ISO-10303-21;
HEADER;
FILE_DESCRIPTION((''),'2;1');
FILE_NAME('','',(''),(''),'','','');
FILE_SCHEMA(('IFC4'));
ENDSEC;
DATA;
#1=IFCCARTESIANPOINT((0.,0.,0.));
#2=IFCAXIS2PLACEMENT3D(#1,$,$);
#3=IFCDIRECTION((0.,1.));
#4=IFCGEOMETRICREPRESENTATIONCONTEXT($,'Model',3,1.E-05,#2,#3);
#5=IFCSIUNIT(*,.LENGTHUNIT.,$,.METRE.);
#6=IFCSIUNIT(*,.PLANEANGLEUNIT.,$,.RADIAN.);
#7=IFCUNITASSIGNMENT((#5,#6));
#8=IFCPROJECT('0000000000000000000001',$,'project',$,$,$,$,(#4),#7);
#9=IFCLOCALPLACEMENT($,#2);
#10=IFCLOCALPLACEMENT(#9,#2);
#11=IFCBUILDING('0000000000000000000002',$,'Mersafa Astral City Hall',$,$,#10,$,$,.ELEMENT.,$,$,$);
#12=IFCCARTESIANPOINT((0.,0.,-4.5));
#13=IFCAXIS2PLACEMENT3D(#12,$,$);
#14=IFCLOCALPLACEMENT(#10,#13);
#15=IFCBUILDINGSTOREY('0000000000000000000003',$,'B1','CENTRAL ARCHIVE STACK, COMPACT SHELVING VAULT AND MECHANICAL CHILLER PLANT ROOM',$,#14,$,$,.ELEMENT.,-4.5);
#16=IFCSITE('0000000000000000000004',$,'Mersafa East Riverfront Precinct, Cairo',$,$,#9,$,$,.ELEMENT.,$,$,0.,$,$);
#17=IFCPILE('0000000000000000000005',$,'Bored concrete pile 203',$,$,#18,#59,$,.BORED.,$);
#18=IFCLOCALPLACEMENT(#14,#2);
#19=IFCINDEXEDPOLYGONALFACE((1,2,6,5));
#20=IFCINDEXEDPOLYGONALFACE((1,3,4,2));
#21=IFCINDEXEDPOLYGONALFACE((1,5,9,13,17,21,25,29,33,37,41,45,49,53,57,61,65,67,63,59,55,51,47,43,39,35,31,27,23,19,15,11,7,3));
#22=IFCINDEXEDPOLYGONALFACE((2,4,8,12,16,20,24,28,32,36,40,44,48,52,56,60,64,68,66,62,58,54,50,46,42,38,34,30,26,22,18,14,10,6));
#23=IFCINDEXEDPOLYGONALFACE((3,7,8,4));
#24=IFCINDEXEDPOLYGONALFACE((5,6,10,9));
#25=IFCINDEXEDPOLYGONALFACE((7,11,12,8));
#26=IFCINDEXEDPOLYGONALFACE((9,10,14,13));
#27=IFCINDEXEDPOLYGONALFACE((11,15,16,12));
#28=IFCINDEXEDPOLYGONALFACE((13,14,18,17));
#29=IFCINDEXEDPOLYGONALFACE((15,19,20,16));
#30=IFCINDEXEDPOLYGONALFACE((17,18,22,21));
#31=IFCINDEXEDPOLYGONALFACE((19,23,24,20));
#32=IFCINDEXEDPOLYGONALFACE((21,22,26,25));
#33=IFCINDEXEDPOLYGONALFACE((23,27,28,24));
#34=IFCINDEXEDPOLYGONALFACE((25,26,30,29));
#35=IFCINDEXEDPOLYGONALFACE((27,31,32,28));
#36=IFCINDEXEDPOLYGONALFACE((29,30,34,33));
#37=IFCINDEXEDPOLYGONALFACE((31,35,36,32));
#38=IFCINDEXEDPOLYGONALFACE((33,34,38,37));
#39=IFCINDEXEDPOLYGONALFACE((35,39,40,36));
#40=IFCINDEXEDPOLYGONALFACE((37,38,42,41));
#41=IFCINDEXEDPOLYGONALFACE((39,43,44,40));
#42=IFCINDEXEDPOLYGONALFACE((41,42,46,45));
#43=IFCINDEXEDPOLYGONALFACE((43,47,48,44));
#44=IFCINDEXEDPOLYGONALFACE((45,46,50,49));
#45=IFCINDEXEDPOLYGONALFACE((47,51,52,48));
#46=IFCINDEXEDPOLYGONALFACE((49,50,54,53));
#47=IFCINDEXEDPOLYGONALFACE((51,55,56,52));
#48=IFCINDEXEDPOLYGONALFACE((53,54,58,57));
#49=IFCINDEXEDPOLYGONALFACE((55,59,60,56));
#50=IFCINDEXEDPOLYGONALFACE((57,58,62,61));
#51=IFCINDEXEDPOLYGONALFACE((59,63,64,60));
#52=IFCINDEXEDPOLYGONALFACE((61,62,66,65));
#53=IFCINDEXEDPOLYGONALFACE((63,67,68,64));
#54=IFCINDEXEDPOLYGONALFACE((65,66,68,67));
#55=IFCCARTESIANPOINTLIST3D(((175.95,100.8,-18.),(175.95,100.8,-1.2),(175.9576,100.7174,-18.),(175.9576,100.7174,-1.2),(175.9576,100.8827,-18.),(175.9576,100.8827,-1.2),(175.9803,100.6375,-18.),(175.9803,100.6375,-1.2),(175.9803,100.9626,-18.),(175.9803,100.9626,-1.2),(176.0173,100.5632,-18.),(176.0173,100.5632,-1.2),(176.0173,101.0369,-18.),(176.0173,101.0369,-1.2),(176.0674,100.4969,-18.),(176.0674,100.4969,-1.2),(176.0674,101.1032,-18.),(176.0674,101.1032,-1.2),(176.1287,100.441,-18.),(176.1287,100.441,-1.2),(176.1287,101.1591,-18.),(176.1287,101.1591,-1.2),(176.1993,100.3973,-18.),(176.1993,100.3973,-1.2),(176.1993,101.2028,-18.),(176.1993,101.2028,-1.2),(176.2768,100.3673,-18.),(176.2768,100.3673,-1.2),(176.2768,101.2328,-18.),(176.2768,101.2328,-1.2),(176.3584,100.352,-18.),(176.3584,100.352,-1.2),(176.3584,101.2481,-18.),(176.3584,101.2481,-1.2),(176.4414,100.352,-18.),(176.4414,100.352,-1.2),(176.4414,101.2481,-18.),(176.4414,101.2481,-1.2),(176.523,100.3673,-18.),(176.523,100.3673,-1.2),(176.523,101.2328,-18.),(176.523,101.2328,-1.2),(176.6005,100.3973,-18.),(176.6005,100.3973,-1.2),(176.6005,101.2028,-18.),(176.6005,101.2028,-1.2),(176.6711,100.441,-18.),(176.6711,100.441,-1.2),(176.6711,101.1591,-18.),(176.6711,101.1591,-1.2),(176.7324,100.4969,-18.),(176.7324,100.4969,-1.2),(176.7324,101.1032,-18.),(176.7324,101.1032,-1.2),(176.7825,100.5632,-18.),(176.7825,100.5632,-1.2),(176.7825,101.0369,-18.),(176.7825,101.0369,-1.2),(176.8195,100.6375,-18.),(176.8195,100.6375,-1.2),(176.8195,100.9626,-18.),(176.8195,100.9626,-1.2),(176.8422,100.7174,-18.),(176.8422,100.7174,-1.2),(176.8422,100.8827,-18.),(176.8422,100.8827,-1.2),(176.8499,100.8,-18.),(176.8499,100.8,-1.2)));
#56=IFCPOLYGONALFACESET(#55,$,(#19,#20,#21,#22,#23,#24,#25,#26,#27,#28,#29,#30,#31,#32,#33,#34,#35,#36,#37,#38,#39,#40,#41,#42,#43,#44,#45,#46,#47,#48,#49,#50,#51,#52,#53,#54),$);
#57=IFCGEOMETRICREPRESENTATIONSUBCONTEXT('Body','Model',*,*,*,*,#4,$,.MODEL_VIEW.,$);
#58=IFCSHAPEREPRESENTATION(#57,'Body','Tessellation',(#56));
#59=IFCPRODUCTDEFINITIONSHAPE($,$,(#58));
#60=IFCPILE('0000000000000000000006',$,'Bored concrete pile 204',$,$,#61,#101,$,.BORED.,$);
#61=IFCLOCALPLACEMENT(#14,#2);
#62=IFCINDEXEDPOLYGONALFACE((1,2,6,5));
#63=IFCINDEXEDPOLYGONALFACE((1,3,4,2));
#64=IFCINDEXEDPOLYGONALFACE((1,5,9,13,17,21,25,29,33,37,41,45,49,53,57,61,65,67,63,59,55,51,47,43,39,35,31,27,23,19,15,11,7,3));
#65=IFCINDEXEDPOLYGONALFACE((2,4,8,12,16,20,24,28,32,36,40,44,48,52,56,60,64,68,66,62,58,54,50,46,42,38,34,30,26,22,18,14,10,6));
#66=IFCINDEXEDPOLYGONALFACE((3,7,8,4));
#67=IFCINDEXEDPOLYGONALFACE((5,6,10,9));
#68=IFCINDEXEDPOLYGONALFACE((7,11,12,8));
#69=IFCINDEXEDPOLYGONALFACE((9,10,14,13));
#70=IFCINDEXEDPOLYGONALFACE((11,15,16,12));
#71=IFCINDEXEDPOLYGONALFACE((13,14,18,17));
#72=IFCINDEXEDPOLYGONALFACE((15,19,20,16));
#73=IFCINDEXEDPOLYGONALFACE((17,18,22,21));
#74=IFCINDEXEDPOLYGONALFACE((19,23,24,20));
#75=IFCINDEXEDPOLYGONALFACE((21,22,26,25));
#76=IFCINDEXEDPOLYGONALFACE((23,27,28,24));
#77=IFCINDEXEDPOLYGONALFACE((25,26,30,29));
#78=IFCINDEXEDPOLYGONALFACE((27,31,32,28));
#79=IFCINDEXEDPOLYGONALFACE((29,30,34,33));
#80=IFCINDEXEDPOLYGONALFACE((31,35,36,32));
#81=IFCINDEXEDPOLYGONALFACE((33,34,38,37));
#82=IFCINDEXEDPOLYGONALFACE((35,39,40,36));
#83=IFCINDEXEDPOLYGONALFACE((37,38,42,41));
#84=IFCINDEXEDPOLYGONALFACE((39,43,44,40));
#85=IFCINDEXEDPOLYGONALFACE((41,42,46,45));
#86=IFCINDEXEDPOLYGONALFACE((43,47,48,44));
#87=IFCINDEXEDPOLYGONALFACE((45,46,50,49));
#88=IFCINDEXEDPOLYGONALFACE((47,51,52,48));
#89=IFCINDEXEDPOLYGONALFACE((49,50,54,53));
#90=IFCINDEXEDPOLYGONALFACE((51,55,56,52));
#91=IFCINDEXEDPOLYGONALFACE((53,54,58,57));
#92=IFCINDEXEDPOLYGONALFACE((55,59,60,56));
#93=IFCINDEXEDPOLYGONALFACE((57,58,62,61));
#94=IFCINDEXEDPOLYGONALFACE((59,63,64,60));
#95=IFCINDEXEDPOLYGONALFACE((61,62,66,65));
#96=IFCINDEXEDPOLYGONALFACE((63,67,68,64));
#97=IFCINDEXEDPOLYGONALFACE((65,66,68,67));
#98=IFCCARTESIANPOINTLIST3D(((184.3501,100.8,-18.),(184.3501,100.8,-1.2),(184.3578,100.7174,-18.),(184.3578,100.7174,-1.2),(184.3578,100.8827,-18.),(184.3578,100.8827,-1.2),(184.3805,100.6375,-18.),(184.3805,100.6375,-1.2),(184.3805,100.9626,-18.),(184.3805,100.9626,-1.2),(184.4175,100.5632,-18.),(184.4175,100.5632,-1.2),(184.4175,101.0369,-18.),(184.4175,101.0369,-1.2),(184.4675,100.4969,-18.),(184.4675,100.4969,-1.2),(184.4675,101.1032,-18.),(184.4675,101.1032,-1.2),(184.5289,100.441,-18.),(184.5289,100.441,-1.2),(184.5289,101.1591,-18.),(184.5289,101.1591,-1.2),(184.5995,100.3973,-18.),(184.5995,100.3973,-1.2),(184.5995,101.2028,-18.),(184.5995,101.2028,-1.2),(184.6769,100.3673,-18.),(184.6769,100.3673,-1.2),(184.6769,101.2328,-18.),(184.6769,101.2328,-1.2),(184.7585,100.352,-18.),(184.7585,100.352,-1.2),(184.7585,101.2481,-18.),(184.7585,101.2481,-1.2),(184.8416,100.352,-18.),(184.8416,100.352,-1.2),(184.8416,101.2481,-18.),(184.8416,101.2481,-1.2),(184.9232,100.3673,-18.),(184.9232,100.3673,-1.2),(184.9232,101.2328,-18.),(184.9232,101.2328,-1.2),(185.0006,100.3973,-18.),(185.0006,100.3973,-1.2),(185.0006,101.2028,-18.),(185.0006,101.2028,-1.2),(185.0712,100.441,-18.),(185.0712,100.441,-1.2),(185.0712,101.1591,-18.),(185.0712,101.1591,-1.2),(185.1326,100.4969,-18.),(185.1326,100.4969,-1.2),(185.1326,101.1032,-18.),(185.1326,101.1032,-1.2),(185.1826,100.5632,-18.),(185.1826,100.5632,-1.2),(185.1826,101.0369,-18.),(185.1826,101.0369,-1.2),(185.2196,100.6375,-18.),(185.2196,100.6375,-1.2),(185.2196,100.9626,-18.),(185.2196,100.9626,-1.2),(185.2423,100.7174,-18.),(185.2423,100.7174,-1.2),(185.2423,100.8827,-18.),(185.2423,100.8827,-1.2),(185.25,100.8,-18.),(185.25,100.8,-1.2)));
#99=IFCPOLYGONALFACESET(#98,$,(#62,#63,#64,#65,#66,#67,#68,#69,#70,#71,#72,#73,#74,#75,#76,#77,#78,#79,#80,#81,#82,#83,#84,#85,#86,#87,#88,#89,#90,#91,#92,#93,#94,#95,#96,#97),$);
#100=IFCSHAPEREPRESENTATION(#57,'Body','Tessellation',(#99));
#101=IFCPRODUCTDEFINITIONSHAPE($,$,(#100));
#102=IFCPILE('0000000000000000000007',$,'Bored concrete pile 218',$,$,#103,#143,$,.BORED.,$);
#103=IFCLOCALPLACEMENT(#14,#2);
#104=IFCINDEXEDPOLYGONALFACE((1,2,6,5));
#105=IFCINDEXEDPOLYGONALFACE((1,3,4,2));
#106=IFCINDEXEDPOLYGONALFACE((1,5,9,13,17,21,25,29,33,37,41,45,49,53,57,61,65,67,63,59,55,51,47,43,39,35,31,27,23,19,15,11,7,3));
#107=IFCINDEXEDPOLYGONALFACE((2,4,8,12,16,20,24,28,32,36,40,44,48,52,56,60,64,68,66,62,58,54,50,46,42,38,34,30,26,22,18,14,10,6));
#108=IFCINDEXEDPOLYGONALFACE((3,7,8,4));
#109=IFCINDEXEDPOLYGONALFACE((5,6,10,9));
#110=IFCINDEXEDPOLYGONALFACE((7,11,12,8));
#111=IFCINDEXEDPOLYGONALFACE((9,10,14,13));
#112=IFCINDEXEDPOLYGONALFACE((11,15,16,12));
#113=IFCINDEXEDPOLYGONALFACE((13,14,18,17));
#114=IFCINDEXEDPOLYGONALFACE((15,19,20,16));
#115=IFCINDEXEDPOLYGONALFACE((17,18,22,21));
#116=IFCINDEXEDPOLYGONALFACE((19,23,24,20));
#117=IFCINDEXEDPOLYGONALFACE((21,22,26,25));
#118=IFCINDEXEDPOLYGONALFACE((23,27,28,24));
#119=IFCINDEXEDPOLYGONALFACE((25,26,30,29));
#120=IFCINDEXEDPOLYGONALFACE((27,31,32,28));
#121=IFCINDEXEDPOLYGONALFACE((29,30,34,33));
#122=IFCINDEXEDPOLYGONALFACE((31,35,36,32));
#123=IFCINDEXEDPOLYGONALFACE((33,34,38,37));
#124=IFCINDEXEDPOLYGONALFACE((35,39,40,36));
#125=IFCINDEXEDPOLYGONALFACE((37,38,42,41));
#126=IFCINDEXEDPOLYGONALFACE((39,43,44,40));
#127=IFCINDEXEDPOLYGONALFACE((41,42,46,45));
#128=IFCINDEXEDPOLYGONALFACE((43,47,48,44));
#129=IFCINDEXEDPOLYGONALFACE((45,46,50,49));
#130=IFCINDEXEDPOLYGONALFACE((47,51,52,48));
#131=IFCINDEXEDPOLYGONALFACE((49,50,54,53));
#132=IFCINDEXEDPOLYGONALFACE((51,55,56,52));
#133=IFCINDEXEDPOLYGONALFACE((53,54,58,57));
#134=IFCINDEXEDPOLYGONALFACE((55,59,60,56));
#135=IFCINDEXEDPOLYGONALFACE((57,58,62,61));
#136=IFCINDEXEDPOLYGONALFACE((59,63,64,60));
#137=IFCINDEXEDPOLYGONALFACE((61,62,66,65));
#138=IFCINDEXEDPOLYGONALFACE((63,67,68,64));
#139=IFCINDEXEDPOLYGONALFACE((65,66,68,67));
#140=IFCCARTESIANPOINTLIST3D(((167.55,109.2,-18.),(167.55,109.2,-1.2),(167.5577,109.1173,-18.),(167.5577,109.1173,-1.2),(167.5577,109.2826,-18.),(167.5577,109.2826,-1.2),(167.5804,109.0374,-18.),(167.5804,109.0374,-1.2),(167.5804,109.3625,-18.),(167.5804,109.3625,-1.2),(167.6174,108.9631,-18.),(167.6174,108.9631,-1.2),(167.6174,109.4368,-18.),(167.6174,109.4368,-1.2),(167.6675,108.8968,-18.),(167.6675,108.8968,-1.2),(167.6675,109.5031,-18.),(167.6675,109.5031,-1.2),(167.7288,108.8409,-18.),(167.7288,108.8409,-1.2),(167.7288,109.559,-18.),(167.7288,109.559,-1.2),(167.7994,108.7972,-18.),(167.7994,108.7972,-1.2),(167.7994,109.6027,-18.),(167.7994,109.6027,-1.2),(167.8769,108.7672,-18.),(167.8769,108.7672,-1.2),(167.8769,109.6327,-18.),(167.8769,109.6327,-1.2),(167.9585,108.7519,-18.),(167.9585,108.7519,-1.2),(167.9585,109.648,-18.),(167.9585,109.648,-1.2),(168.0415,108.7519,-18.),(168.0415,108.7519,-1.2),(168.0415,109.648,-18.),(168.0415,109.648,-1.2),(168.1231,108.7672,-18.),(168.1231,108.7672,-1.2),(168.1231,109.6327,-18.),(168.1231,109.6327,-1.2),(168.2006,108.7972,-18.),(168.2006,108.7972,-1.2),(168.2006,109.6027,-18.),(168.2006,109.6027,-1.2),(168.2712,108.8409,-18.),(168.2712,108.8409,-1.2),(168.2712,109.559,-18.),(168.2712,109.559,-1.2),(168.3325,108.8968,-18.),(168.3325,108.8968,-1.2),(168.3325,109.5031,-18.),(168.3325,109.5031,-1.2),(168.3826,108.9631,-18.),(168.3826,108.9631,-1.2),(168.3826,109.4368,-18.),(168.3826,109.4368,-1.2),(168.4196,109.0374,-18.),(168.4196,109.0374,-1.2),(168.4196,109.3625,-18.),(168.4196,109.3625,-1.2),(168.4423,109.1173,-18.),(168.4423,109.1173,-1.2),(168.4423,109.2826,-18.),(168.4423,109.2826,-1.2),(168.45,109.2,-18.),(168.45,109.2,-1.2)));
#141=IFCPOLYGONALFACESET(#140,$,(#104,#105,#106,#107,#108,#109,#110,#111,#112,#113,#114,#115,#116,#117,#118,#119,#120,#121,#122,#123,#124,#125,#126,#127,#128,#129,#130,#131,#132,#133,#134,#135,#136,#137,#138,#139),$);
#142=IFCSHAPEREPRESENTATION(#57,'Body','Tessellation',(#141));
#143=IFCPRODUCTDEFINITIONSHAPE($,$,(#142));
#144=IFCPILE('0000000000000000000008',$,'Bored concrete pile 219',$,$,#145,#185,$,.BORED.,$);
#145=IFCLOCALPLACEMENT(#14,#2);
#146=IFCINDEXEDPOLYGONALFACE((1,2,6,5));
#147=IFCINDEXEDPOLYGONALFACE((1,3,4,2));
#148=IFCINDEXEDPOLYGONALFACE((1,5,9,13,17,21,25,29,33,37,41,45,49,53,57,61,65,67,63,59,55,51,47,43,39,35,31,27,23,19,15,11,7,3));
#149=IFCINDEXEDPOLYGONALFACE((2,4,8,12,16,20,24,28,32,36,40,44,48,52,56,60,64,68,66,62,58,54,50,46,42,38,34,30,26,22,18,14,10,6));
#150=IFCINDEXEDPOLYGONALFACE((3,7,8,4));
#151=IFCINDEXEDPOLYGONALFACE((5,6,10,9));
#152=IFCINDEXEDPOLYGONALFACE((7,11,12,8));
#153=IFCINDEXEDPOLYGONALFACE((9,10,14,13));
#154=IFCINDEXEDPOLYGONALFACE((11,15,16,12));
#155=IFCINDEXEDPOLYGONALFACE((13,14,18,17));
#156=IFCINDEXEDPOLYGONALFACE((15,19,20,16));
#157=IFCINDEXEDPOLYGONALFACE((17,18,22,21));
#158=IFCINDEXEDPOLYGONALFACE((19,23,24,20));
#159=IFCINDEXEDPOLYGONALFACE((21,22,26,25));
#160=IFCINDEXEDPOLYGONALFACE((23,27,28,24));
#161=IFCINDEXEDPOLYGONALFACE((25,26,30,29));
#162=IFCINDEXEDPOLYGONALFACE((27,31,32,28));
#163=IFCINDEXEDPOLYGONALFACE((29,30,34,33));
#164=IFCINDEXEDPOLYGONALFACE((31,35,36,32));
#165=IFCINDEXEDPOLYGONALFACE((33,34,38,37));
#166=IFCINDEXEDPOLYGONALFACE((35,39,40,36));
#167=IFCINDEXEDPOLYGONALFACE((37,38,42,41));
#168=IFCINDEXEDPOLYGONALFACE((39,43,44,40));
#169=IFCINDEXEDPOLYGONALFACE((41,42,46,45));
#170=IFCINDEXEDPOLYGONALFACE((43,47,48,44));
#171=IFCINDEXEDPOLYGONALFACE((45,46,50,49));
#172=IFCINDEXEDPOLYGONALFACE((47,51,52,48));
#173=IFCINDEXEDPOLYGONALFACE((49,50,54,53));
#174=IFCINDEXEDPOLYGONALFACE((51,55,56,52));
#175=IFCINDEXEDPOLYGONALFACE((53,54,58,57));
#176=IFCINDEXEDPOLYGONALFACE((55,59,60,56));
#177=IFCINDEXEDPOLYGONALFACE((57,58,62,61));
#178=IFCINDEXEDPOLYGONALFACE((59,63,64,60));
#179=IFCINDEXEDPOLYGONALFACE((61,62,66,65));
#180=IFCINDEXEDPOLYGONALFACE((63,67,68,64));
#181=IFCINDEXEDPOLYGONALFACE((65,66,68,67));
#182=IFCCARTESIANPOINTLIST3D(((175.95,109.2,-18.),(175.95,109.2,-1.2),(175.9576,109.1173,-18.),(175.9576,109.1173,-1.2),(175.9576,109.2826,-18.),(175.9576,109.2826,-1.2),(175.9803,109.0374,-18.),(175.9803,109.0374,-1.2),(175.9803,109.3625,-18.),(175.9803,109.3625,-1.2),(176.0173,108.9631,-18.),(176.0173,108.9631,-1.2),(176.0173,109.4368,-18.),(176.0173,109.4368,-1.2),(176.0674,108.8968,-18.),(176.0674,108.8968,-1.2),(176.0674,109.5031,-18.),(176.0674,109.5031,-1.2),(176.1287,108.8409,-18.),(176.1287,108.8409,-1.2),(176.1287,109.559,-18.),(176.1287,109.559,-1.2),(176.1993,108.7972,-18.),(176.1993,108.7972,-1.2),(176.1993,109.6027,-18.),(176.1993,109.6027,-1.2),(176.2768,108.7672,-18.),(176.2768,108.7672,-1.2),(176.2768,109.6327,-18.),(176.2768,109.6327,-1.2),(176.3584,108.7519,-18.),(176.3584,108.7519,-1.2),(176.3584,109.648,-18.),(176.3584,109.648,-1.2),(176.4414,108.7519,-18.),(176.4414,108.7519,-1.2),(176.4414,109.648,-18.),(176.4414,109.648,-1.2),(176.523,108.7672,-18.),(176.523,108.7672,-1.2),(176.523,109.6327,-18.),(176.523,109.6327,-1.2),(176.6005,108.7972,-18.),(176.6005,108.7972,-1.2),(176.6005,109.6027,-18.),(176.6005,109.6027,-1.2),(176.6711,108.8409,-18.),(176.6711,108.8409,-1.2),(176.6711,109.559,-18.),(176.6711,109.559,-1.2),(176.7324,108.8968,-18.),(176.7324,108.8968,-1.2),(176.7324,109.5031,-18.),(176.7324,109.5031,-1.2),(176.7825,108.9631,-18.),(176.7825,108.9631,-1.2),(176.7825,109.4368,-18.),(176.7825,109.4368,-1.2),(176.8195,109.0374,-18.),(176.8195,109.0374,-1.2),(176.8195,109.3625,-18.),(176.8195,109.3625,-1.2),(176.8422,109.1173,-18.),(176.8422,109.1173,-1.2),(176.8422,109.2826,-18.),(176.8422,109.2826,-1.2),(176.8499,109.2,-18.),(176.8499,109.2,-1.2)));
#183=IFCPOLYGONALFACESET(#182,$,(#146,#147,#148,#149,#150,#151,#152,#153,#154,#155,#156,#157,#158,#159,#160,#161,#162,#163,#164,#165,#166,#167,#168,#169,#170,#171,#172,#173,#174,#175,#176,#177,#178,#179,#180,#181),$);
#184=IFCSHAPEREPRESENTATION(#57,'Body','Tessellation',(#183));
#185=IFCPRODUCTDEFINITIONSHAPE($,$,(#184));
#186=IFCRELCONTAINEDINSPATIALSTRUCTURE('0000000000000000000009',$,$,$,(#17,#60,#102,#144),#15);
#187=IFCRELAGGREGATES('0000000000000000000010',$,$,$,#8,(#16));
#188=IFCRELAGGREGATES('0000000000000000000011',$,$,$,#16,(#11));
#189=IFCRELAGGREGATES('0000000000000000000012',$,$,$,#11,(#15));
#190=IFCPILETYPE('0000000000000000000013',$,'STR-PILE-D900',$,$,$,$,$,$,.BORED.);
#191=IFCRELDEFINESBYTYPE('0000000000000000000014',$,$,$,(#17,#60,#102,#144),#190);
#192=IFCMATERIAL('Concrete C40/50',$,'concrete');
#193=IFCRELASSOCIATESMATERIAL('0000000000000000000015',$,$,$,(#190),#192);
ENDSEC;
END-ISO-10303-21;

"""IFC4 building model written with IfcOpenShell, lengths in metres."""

from ifc_helpers import new_model, si_unit, direction, frame, origin, origin_2d, place, context, subcontext, project, spatial, circle, extrude, material, material_profile, profile_set, type_object, element, save


model = new_model("IFC4")

# Units and contexts
model_context = context("Model", 3, precision=1e-05, world=origin(), true_north=direction((0.0, 1.0)))
body_context = subcontext(model_context, "Body", "Model", "MODEL_VIEW")
ifc_project = project(units=[si_unit("LENGTHUNIT", "METRE"), si_unit("PLANEANGLEUNIT", "RADIAN")], contexts=[model_context])

# Site, building, storey
site_placement = place(None, origin())
site = spatial("IfcSite", under=ifc_project, at=site_placement, Name="Mersafa East Riverfront Precinct, Cairo", CompositionType="ELEMENT", RefElevation=0.0)
building_placement = place(site_placement, origin())
building = spatial("IfcBuilding", under=site, at=building_placement, Name="Mersafa Astral City Hall", CompositionType="ELEMENT")
storey_placement = place(building_placement, frame((0.0, 0.0, -4.5)))
storey = spatial("IfcBuildingStorey", under=building, at=storey_placement, Name="B1", Description="CENTRAL ARCHIVE STACK, COMPACT SHELVING VAULT AND MECHANICAL CHILLER PLANT ROOM", CompositionType="ELEMENT", Elevation=-4.5)

# Shared definitions
ifc_material_1 = material(Name="Concrete C40/50", Category="concrete")

# Piles
ifc_material_profile_1 = material_profile(ifc_material_1, circle(Radius=0.45, at=origin_2d()), Name="PILE D900")
ifc_profile_set_1 = profile_set([ifc_material_profile_1], Name="Concrete C40/50")
pile_type_1 = type_object("IfcPileType", Name="STR-PILE-D900", PredefinedType="BORED", material=ifc_profile_set_1)
for number, where, z_axis, x_axis, name in (
    (1, (176.3999, 100.8, -1.2), (0.0, 0.0, -1.0), (1.0, 0.0, 0.0), "Bored concrete pile 203"),
    (2, (184.8, 100.8, -1.2), (0.0, 0.0, -1.0), (1.0, 0.0, 0.0), "Bored concrete pile 204"),
    (3, (168.0, 109.2, -1.2), (0.0, 0.0, -1.0), (1.0, 0.0, 0.0), "Bored concrete pile 218"),
    (4, (176.3999, 109.2, -1.2), (0.0, 0.0, -1.0), (1.0, 0.0, 0.0), "Bored concrete pile 219"),
):
    element("IfcPile", number, at=place(storey_placement, frame(where, z_axis=z_axis, x_axis=x_axis)), inside=storey, type_object=pile_type_1, Name=name, PredefinedType="BORED", context=body_context, shape_type="SweptSolid", body=[
        extrude(circle(Radius=0.45, at=origin_2d()), origin(), (0.0, 0.0, 1.0), 16.8),
    ])

save(model, "model.ifc")
